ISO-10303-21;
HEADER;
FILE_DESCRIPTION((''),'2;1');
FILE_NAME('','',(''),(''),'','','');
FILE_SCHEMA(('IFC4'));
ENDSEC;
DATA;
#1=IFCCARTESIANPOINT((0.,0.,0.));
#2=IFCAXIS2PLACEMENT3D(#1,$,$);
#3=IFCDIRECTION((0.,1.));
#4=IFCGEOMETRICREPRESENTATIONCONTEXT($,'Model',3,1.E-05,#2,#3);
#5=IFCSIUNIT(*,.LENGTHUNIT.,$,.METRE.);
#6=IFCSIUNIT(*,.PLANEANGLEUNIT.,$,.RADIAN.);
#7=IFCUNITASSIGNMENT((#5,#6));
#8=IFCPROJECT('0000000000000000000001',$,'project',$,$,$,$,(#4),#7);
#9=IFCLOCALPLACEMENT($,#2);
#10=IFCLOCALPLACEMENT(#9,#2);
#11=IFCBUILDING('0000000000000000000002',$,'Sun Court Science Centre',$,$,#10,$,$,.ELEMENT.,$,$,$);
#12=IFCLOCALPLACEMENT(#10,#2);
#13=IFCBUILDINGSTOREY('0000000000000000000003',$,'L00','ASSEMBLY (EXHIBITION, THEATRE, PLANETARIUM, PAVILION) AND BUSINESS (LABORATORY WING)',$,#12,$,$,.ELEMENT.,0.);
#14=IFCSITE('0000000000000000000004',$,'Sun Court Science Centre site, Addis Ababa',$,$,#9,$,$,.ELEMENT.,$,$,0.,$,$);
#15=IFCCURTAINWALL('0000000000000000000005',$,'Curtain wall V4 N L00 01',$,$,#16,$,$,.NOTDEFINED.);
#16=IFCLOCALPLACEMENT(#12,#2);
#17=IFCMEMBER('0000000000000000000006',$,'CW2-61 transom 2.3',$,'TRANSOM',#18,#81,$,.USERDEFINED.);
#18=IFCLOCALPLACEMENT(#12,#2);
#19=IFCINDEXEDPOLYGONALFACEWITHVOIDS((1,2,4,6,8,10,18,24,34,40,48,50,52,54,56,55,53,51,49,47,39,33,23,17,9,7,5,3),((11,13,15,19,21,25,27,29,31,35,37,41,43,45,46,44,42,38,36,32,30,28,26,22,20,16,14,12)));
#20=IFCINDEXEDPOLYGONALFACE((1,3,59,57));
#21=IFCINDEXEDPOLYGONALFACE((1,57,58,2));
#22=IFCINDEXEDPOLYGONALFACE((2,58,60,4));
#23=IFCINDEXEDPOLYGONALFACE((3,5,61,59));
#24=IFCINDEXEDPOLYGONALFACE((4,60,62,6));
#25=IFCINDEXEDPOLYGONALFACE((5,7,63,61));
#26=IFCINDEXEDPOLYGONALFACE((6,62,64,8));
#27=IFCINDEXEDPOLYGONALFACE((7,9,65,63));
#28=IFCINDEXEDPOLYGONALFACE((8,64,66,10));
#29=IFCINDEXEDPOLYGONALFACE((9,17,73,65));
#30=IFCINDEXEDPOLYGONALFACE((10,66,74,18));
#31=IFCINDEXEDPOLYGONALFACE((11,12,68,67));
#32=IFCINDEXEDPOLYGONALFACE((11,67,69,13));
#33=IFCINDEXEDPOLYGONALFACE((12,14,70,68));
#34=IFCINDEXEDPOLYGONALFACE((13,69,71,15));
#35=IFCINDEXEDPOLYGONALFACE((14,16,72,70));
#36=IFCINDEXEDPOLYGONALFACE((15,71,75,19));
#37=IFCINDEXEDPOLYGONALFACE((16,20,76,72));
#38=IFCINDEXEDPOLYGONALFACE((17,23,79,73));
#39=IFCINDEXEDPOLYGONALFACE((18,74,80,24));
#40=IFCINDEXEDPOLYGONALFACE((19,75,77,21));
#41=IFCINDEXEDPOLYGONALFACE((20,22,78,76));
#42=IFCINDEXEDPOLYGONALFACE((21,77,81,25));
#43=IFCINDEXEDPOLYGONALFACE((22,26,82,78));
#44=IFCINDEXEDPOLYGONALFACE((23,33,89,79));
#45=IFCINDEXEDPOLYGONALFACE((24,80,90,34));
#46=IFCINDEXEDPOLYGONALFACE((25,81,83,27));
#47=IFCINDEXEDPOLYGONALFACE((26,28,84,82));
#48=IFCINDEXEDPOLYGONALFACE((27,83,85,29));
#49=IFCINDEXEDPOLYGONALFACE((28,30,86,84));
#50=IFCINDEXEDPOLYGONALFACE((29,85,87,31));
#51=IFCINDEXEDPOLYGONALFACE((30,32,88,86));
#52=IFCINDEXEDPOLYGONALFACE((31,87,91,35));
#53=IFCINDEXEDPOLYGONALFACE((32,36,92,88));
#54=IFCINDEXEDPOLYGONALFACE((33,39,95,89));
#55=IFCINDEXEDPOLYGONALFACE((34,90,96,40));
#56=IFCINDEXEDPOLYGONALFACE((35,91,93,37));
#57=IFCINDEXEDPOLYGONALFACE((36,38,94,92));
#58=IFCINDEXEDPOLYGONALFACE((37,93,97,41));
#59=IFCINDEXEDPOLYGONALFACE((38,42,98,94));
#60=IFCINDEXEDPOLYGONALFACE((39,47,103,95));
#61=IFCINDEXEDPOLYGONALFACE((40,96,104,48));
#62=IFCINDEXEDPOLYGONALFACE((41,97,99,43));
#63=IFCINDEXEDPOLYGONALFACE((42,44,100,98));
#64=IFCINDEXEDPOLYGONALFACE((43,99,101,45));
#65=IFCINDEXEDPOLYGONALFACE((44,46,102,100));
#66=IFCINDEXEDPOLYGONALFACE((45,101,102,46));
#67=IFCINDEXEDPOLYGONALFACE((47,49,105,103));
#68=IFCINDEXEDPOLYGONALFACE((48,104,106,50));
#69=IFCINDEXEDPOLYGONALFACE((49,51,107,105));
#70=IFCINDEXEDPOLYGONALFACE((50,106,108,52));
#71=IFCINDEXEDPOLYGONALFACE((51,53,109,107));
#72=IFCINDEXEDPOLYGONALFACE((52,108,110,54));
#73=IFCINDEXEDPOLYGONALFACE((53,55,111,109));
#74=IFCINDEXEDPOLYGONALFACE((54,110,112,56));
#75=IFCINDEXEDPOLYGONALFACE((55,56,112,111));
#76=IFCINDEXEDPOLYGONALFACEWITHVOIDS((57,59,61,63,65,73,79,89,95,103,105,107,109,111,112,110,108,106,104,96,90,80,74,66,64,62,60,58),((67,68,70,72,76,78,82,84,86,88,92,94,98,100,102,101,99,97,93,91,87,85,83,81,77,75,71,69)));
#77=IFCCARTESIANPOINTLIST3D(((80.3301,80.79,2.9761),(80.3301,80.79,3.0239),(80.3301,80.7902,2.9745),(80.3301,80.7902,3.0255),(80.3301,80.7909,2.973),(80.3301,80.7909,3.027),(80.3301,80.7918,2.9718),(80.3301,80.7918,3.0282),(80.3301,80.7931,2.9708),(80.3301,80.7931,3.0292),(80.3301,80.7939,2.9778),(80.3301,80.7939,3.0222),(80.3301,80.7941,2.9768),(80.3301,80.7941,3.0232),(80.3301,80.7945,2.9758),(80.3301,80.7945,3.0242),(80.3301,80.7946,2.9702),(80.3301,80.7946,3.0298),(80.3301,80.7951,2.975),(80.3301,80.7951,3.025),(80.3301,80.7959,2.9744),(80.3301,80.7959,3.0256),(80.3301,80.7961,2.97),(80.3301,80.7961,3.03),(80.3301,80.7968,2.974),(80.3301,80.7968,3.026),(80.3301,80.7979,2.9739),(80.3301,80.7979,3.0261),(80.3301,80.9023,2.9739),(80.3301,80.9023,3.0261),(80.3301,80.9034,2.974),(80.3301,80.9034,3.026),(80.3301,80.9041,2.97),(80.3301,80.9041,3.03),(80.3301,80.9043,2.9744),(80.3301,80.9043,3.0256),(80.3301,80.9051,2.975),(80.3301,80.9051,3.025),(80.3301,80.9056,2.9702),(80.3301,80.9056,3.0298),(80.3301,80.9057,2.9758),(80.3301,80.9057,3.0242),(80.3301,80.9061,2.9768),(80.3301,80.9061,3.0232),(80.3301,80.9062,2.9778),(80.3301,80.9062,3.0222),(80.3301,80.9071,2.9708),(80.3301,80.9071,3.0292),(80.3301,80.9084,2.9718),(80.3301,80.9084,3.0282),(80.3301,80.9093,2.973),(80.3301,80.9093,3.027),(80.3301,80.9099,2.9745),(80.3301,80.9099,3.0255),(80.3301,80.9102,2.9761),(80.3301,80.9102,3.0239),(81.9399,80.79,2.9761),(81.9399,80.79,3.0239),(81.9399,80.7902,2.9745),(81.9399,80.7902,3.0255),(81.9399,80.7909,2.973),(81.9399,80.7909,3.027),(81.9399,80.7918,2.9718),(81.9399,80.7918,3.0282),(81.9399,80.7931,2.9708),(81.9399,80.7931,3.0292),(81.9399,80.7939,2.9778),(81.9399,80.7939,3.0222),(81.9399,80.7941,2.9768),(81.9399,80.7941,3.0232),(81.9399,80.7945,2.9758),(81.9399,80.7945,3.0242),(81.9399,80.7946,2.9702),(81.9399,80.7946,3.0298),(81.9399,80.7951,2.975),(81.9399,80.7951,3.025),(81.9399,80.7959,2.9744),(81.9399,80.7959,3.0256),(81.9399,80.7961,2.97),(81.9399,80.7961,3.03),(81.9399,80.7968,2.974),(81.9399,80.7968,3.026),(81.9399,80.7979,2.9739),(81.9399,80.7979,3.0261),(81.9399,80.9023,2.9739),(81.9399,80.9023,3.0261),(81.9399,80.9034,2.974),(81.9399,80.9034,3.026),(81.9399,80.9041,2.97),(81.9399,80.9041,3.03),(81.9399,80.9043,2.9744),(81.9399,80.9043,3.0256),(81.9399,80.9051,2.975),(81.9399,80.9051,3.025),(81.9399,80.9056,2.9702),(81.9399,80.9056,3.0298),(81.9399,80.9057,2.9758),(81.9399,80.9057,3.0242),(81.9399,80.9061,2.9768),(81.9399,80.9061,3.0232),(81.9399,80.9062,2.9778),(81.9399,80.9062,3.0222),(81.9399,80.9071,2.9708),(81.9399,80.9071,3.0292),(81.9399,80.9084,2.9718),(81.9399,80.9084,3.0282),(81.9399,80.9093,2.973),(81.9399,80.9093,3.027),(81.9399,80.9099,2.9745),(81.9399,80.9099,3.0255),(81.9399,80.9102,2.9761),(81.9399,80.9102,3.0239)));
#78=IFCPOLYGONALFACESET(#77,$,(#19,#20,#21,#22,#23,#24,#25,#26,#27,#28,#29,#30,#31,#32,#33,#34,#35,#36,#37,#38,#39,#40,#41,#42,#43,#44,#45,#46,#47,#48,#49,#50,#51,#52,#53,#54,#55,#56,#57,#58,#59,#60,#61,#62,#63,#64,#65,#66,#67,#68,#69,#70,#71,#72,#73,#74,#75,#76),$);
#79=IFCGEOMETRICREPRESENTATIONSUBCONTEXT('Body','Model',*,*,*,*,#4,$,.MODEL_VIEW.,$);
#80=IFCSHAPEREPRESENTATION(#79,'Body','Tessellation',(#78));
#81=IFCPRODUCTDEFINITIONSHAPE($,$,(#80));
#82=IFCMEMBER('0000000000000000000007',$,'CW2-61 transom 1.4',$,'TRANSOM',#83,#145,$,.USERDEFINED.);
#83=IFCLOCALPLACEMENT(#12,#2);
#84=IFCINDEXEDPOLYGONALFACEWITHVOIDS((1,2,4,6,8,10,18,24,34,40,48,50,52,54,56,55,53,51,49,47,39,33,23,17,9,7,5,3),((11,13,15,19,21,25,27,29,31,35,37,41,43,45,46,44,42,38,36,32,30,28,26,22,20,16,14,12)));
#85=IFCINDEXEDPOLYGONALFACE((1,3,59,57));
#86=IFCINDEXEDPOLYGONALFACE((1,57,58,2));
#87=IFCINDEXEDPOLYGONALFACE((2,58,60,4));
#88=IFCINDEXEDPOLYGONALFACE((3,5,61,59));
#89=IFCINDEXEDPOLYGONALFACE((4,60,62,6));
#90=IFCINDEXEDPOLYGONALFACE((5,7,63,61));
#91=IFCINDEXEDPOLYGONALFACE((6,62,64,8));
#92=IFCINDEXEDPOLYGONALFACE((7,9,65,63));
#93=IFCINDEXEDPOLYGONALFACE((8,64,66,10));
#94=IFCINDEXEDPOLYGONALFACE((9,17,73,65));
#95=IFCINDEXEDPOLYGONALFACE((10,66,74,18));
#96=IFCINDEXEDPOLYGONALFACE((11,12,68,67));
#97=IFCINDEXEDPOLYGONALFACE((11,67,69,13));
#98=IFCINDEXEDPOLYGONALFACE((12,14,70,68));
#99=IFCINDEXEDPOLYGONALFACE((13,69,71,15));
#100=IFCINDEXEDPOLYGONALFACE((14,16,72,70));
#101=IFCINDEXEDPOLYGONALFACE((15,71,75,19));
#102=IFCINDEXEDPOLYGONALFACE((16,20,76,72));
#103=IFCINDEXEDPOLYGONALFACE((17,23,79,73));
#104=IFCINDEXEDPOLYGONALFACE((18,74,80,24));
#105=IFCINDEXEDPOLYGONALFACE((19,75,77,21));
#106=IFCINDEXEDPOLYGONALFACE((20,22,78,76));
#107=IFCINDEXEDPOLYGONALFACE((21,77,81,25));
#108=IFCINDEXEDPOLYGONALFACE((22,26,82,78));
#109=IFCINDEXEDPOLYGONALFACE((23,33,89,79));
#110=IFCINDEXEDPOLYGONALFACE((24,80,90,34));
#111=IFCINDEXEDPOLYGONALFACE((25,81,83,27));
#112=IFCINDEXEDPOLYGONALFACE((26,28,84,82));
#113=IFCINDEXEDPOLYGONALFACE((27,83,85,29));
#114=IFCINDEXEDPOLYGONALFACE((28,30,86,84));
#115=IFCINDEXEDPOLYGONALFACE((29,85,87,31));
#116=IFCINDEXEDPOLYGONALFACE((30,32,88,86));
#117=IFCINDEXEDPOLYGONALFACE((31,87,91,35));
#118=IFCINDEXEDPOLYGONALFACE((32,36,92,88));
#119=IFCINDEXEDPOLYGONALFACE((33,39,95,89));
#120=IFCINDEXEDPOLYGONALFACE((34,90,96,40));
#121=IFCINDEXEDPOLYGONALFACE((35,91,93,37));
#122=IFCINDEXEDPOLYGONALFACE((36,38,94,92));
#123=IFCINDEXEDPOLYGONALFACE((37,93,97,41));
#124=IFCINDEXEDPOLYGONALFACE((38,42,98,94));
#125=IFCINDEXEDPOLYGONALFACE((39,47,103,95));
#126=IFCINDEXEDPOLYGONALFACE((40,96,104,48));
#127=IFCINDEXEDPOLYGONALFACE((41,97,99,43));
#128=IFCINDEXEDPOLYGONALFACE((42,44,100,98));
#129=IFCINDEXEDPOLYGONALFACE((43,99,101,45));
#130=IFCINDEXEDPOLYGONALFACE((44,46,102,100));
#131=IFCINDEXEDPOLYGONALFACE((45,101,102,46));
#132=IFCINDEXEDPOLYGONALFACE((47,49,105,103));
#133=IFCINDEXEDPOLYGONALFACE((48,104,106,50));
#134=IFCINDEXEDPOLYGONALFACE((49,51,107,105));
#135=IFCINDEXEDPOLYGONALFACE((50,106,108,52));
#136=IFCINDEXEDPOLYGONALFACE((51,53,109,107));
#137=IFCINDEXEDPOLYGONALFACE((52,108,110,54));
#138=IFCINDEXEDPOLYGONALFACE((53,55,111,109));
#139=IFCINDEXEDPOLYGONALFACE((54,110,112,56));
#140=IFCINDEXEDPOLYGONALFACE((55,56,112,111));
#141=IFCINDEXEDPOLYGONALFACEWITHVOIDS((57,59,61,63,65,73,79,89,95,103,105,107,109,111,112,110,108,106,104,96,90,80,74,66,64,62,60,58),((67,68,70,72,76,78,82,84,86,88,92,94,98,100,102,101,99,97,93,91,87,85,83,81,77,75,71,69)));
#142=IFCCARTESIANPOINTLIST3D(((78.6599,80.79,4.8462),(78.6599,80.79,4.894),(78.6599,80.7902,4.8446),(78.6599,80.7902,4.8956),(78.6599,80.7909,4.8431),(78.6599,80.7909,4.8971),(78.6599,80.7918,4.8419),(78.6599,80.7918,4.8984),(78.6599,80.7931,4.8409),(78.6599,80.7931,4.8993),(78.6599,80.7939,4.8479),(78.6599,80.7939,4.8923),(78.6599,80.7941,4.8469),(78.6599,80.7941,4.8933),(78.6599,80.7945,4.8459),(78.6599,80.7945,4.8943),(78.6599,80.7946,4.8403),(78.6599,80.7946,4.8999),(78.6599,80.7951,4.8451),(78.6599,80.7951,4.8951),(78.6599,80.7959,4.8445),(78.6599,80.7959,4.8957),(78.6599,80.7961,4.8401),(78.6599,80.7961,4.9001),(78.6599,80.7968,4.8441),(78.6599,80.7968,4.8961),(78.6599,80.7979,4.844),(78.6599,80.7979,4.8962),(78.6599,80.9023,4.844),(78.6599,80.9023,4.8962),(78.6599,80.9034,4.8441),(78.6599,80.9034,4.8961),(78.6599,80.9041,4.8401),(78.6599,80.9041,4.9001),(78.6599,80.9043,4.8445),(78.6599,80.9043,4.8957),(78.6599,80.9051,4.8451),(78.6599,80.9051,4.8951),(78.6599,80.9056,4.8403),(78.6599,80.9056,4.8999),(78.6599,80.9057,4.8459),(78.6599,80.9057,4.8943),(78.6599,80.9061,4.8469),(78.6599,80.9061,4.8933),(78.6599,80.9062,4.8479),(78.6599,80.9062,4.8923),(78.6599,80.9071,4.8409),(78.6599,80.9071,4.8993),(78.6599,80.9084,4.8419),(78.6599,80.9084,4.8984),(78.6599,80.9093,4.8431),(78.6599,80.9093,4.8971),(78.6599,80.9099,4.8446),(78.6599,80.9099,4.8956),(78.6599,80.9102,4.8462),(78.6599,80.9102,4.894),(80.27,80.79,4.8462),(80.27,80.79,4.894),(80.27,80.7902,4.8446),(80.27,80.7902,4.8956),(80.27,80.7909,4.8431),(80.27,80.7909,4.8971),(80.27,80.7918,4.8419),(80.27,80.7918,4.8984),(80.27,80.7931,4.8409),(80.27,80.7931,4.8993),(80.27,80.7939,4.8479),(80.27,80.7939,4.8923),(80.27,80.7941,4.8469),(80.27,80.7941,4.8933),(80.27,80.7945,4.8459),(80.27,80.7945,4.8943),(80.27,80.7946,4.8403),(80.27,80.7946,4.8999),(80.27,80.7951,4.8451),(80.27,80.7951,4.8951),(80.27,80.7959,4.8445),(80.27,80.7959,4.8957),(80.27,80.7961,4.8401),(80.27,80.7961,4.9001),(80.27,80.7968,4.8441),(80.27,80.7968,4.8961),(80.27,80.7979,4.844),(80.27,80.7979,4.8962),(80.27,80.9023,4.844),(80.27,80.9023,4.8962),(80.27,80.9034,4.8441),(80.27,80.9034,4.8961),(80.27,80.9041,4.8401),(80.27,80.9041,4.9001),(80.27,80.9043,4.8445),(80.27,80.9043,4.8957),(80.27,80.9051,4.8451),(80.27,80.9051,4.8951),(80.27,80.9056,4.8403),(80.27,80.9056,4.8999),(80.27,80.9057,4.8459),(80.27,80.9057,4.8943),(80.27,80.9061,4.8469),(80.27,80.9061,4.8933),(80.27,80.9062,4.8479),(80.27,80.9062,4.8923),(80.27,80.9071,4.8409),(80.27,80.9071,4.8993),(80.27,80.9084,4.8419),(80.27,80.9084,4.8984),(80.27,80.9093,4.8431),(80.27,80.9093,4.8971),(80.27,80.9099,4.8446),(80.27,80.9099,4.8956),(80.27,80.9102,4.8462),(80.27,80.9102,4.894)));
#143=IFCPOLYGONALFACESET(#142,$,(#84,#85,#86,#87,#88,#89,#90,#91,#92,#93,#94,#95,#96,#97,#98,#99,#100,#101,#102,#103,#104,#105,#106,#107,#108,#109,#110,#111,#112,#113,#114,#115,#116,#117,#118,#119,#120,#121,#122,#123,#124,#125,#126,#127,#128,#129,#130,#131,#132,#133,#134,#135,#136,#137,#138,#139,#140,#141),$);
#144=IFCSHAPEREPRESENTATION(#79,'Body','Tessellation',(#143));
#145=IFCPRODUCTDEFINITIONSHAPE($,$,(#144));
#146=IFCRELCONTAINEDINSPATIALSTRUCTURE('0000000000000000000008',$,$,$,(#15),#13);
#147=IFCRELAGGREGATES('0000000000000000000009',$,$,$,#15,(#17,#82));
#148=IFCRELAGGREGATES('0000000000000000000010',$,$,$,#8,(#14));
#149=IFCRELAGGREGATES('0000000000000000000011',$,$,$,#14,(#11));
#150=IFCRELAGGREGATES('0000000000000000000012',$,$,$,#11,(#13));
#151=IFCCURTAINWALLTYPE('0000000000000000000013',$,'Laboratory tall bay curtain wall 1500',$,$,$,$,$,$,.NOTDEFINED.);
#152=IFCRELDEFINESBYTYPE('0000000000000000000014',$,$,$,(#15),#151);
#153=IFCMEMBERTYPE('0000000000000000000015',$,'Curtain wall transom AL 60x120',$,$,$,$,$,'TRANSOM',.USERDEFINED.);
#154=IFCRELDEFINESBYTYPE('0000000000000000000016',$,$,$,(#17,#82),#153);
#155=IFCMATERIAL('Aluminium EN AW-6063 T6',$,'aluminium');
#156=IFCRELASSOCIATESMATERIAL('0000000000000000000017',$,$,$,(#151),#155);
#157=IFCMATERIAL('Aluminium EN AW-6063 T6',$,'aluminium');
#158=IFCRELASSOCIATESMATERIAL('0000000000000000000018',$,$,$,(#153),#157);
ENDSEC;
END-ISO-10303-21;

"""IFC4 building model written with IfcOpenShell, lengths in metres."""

from ifc_helpers import new_model, si_unit, direction, frame, origin, origin_2d, place, context, subcontext, project, spatial, hollow_rectangle, extrude, material, material_profile, profile_set, type_object, element, aggregate, save


model = new_model("IFC4")

# Units and contexts
model_context = context("Model", 3, precision=1e-05, world=origin(), true_north=direction((0.0, 1.0)))
body_context = subcontext(model_context, "Body", "Model", "MODEL_VIEW")
ifc_project = project(units=[si_unit("LENGTHUNIT", "METRE"), si_unit("PLANEANGLEUNIT", "RADIAN")], contexts=[model_context])

# Site, building, storey
site_placement = place(None, origin())
site = spatial("IfcSite", under=ifc_project, at=site_placement, Name="Sun Court Science Centre site, Addis Ababa", CompositionType="ELEMENT", RefElevation=0.0)
building_placement = place(site_placement, origin())
building = spatial("IfcBuilding", under=site, at=building_placement, Name="Sun Court Science Centre", CompositionType="ELEMENT")
storey_placement = place(building_placement, origin())
storey = spatial("IfcBuildingStorey", under=building, at=storey_placement, Name="L00", Description="ASSEMBLY (EXHIBITION, THEATRE, PLANETARIUM, PAVILION) AND BUSINESS (LABORATORY WING)", CompositionType="ELEMENT", Elevation=0.0)

# Shared definitions
ifc_material_1 = material(Name="Aluminium EN AW-6063 T6", Category="aluminium")
curtain_wall_type = type_object("IfcCurtainWallType", Name="Laboratory tall bay curtain wall 1500", PredefinedType="NOTDEFINED", material=ifc_material_1)

# Curtain wall, members
curtain_wall_1_placement = place(storey_placement, origin())
curtain_wall_1 = element("IfcCurtainWall", 1, at=curtain_wall_1_placement, inside=storey, type_object=curtain_wall_type, Name="Curtain wall V4 N L00 01", PredefinedType="NOTDEFINED")
ifc_material_2 = material(Name="Aluminium EN AW-6063 T6", Category="aluminium")
ifc_material_profile_1 = material_profile(ifc_material_2, hollow_rectangle(XDim=0.0601, YDim=0.1201, WallThickness=0.0039, InnerFilletRadius=0.0039, OuterFilletRadius=0.0061, at=origin_2d()), Name="AL 60x120x4")
ifc_profile_set_1 = profile_set([ifc_material_profile_1], Name="Aluminium EN AW-6063 T6")
member_type_1 = type_object("IfcMemberType", Name="Curtain wall transom AL 60x120", ElementType="TRANSOM", PredefinedType="USERDEFINED", material=ifc_profile_set_1)
member_1_placement = place(storey_placement, frame((80.3301, 80.8501, 3.0), z_axis=(1.0, 0.0, 0.0), x_axis=(0.0, 0.0, 1.0)))
member_1 = element("IfcMember", 2, at=member_1_placement, type_object=member_type_1, Name="CW2-61 transom 2.3", ObjectType="TRANSOM", PredefinedType="USERDEFINED", context=body_context, shape_type="SweptSolid", body=[
    extrude(hollow_rectangle(XDim=0.0601, YDim=0.1201, WallThickness=0.0039, InnerFilletRadius=0.0039, OuterFilletRadius=0.0061, at=origin_2d()), origin(), (0.0, 0.0, 1.0), 1.6099),
])
member_2_placement = place(storey_placement, frame((78.6599, 80.8501, 4.8701), z_axis=(1.0, 0.0, 0.0), x_axis=(0.0, 0.0, 1.0)))
member_2 = element("IfcMember", 3, at=member_2_placement, type_object=member_type_1, Name="CW2-61 transom 1.4", ObjectType="TRANSOM", PredefinedType="USERDEFINED", context=body_context, shape_type="SweptSolid", body=[
    extrude(hollow_rectangle(XDim=0.0601, YDim=0.1201, WallThickness=0.0039, InnerFilletRadius=0.0039, OuterFilletRadius=0.0061, at=origin_2d()), origin(), (0.0, 0.0, 1.0), 1.6101),
])

aggregate(curtain_wall_1, [member_1, member_2])

save(model, "model.ifc")
